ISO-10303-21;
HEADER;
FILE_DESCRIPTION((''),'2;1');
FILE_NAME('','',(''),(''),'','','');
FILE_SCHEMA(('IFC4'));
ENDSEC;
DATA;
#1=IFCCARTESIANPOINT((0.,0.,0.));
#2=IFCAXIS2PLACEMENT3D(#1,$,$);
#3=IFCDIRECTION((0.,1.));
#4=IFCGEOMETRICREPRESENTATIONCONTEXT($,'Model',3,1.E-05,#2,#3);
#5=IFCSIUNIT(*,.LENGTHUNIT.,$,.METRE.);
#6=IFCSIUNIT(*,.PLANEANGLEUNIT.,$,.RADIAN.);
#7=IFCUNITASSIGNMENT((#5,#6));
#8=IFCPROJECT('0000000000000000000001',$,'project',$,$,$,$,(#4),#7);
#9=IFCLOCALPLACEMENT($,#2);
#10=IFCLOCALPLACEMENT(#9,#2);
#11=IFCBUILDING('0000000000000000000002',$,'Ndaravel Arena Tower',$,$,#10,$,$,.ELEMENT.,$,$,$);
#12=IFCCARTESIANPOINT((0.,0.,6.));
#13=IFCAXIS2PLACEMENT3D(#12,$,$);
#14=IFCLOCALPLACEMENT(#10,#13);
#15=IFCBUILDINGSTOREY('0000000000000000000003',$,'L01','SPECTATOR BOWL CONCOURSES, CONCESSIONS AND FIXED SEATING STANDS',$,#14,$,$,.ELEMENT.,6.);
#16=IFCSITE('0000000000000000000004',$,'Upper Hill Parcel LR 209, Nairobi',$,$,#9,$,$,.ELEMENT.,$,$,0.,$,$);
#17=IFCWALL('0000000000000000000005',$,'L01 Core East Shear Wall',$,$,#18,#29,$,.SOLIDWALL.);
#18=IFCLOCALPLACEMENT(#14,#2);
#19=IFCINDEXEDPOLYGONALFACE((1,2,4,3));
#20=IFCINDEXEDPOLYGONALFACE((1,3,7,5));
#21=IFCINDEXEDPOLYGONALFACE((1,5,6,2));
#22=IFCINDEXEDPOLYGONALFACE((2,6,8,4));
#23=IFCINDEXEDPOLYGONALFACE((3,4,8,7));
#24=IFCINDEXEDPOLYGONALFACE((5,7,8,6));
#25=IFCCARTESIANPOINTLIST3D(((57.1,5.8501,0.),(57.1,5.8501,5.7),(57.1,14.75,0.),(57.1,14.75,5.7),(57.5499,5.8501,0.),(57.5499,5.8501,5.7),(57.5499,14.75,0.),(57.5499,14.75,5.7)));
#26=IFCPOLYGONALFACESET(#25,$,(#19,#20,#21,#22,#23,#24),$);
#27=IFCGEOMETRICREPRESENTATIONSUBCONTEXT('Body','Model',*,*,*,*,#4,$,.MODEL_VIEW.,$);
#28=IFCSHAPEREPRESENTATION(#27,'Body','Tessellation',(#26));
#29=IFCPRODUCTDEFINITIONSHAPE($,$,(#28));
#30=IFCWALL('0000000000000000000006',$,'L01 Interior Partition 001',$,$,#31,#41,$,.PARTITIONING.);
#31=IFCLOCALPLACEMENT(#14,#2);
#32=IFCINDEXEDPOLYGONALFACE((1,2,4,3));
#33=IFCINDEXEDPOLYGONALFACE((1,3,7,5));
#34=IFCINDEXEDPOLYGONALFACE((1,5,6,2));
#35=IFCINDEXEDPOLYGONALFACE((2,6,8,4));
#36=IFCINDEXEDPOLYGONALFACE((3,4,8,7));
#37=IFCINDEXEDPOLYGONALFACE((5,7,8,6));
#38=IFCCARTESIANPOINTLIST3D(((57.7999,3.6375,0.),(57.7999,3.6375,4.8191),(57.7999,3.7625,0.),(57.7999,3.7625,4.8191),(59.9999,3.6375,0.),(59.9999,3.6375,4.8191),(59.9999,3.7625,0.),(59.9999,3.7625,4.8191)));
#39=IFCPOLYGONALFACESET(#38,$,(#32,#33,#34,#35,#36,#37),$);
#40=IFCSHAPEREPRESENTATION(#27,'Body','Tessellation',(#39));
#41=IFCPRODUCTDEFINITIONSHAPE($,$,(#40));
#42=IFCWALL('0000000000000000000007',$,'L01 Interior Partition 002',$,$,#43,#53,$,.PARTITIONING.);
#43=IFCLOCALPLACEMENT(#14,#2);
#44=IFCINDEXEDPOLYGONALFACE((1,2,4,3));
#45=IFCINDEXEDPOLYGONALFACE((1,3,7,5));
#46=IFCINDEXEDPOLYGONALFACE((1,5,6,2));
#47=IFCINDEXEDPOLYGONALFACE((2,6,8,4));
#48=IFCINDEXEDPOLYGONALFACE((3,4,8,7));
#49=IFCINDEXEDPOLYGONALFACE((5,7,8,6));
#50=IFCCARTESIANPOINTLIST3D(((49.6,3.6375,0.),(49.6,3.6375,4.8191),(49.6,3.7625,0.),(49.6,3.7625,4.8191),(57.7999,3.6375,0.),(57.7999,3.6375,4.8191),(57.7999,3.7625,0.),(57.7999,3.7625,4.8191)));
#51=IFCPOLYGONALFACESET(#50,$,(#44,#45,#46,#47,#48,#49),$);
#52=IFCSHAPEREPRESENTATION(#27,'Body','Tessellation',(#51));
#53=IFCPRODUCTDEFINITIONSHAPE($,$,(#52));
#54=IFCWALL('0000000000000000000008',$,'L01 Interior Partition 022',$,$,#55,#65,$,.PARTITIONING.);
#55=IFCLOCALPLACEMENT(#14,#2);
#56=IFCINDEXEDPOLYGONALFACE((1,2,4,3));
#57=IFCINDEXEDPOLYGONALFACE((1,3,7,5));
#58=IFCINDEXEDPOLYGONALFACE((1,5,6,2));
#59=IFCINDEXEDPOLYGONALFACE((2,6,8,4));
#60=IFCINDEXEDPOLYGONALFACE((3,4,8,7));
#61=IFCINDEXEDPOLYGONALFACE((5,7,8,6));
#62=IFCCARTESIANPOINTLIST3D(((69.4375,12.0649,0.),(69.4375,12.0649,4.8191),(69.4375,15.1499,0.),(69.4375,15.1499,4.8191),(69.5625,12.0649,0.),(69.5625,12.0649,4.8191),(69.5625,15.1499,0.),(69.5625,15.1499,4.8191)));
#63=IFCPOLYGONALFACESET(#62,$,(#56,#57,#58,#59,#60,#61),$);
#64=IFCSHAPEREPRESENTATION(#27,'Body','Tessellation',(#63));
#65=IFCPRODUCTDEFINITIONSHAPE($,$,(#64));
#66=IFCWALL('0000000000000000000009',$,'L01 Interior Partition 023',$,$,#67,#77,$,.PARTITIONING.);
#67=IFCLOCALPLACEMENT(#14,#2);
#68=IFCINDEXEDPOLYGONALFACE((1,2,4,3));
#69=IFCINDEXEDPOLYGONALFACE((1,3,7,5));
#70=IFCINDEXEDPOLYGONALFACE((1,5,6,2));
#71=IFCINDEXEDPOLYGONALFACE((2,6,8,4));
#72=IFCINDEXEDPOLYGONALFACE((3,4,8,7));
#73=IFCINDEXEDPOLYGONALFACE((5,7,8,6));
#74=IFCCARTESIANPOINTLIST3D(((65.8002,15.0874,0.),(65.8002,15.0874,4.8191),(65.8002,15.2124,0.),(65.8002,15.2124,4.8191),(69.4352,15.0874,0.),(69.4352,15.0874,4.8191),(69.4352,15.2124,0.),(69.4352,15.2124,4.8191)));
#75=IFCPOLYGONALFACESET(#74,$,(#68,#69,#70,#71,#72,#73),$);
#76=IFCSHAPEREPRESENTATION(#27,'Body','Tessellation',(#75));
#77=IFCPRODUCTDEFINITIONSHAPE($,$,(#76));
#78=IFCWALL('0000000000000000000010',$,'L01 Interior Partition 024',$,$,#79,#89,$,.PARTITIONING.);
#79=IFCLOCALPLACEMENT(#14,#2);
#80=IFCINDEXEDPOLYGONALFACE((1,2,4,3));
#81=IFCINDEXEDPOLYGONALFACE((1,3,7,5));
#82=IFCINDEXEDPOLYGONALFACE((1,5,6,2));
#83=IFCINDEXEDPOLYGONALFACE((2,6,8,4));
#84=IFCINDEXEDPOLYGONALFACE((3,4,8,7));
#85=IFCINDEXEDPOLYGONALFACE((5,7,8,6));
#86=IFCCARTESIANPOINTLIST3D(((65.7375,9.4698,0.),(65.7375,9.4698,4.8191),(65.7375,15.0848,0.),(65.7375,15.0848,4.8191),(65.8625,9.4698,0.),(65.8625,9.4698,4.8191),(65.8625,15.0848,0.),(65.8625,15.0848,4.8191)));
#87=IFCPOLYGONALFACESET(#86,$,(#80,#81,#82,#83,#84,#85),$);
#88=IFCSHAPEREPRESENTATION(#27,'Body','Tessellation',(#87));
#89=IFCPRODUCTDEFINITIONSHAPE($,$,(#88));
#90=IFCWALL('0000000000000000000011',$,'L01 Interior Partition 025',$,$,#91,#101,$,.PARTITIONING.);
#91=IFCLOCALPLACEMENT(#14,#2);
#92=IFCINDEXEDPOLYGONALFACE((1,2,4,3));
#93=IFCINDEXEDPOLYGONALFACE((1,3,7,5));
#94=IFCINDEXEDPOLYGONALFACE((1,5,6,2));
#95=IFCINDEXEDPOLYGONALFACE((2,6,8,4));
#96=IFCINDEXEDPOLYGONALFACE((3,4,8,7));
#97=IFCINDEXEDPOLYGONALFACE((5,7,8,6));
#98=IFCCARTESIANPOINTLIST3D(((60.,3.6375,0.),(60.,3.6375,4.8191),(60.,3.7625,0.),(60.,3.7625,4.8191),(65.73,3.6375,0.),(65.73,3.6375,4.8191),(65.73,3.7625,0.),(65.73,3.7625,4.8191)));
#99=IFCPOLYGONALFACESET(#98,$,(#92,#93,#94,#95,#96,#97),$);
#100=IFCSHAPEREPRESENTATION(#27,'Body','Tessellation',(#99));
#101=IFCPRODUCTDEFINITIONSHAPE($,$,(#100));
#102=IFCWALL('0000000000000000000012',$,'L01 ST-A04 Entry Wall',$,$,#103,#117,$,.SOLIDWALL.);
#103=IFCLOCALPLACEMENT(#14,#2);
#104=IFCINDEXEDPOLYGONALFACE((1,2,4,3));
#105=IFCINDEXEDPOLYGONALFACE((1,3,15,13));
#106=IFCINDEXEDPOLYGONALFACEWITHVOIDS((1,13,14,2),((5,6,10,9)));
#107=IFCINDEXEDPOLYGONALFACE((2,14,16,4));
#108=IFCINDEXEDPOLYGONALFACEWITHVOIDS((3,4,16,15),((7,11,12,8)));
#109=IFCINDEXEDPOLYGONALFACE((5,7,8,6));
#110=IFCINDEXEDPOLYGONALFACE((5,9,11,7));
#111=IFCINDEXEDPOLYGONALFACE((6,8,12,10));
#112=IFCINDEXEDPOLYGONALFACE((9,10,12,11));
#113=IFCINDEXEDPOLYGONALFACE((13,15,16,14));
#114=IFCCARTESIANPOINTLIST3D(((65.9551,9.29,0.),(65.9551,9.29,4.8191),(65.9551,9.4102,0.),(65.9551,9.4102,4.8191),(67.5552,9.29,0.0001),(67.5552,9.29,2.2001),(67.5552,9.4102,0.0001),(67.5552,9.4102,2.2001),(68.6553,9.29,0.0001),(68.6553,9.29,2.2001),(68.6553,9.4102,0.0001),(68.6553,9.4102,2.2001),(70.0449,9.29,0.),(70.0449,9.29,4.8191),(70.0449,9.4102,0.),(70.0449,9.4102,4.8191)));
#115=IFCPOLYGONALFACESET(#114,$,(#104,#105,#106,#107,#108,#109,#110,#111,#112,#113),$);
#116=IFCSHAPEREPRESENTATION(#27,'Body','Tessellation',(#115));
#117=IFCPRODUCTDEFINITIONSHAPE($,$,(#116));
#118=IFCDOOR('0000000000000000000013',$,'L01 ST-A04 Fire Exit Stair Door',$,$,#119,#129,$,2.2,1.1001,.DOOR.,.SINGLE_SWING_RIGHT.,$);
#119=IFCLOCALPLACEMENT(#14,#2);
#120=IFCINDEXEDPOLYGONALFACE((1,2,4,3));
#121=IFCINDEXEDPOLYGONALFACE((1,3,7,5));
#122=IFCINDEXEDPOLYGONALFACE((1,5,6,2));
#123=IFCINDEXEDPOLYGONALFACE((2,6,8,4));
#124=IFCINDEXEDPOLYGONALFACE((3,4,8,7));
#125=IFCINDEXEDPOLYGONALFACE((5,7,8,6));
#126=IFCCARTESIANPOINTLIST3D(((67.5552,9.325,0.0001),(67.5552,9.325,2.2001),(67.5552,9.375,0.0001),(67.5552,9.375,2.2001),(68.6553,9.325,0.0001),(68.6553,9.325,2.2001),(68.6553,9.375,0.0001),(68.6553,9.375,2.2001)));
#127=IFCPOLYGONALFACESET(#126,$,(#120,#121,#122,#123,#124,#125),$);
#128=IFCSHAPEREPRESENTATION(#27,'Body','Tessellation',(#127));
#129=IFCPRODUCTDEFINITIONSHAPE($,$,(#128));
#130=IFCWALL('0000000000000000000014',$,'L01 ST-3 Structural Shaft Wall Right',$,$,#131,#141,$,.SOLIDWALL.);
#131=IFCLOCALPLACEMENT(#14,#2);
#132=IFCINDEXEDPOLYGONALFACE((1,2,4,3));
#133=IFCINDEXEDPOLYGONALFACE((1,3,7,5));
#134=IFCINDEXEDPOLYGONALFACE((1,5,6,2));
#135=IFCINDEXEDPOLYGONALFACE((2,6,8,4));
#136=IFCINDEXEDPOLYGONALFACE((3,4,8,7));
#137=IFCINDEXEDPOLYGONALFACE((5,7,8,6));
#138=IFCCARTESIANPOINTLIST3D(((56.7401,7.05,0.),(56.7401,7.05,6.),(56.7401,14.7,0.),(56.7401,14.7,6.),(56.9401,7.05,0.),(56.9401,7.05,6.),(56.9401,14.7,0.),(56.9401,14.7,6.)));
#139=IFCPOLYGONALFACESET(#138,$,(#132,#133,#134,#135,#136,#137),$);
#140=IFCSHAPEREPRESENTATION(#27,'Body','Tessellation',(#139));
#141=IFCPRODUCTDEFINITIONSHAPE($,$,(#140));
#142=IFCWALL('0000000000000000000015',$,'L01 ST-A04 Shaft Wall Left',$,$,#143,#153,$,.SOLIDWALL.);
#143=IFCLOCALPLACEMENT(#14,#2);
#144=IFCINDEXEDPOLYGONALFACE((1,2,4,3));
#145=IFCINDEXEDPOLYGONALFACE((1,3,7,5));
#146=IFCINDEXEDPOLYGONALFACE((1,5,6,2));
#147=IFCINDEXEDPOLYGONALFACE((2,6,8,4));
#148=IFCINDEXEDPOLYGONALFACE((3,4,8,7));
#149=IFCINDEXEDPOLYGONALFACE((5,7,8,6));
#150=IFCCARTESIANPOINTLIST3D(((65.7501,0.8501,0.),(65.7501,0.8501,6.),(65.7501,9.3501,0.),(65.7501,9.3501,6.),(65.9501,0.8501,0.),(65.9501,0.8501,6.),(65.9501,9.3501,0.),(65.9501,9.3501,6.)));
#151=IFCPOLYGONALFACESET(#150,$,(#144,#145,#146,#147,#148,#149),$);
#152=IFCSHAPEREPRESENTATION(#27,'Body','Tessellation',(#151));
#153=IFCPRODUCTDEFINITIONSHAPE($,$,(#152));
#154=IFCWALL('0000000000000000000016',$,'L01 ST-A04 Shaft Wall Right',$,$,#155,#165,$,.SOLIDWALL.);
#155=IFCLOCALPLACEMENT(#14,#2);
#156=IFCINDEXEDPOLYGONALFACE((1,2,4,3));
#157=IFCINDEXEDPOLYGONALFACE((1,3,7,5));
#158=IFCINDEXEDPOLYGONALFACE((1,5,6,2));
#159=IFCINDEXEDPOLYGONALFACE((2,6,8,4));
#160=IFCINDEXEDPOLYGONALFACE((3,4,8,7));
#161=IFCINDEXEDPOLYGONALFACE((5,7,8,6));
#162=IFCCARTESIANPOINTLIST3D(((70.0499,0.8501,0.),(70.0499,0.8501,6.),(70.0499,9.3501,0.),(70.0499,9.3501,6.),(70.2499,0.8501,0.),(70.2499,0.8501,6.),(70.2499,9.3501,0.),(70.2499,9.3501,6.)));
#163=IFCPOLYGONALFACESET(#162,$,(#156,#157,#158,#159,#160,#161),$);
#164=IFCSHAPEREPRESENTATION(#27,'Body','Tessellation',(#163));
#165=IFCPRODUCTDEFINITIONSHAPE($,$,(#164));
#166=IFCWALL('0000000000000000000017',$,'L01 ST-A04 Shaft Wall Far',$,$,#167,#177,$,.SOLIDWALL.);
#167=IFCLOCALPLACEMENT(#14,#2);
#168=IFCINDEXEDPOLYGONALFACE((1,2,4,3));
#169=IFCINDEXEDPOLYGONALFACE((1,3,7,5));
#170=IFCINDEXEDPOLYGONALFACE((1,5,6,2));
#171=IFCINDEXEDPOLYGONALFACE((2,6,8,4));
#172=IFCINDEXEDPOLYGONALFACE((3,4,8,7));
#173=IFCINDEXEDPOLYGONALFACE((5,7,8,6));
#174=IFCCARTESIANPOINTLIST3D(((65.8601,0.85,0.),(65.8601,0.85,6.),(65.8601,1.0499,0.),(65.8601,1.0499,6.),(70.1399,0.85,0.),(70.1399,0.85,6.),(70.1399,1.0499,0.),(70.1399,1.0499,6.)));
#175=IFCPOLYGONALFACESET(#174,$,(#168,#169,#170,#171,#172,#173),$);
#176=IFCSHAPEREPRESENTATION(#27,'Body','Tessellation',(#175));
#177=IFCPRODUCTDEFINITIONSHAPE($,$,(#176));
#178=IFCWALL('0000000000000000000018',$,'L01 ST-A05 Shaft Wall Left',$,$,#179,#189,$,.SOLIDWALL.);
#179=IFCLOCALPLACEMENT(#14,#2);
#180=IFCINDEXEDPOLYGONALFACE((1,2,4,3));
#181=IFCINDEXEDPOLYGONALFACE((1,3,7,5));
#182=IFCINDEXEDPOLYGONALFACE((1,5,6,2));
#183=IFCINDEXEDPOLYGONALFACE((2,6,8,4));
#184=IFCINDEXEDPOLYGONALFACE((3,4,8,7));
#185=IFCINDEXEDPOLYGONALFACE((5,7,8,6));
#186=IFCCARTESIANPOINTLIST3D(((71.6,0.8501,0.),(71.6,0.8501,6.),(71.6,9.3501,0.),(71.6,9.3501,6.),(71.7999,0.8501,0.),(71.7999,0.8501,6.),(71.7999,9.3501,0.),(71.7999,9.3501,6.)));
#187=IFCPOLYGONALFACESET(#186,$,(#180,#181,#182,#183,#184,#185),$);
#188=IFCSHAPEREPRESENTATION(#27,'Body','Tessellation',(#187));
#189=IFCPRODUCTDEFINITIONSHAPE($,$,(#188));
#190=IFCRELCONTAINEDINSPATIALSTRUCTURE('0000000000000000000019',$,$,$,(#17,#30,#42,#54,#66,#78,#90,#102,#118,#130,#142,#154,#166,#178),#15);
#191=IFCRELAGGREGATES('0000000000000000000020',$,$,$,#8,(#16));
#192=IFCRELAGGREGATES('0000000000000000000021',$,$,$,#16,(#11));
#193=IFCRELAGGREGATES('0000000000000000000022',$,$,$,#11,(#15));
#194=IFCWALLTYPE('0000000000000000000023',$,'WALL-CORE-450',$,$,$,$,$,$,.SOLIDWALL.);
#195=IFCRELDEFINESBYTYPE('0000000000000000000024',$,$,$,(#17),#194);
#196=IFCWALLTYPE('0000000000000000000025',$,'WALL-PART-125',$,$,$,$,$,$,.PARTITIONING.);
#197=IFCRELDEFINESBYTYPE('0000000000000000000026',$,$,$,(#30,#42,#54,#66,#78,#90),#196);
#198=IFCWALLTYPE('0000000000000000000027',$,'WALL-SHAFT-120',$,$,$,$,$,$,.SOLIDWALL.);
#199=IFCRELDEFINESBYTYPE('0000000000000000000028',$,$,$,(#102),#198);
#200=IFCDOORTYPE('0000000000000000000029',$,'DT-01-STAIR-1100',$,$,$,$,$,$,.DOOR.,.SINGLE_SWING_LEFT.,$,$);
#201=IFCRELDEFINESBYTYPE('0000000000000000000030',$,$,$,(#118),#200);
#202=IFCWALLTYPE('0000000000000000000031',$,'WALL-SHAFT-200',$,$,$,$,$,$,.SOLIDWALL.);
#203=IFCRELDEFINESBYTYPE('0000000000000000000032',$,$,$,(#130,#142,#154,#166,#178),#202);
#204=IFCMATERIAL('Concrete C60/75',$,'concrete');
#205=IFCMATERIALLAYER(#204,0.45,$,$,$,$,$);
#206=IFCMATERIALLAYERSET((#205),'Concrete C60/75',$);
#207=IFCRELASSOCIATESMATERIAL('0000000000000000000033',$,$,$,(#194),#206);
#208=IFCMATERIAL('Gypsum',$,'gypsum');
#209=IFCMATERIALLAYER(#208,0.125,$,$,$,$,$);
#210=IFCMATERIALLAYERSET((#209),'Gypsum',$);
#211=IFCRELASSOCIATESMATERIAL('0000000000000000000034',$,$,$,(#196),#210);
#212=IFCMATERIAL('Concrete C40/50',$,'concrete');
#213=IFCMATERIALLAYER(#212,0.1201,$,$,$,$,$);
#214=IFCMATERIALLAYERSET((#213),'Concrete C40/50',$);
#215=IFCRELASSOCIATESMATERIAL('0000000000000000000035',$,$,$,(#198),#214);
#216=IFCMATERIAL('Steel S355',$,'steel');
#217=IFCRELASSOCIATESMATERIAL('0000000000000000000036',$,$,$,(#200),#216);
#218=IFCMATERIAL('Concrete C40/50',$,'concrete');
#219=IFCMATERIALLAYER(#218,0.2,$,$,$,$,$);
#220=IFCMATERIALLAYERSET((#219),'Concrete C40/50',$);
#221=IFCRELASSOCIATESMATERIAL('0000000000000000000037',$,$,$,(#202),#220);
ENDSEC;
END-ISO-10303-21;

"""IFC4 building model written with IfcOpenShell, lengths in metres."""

from ifc_helpers import new_model, si_unit, direction, frame, frame_2d, origin, place, context, subcontext, project, spatial, rectangle, extrude, material, layer, layer_set, type_object, element, fill, save


model = new_model("IFC4")

# Units and contexts
model_context = context("Model", 3, precision=1e-05, world=origin(), true_north=direction((0.0, 1.0)))
body_context = subcontext(model_context, "Body", "Model", "MODEL_VIEW")
ifc_project = project(units=[si_unit("LENGTHUNIT", "METRE"), si_unit("PLANEANGLEUNIT", "RADIAN")], contexts=[model_context])

# Site, building, storey
site_placement = place(None, origin())
site = spatial("IfcSite", under=ifc_project, at=site_placement, Name="Upper Hill Parcel LR 209, Nairobi", CompositionType="ELEMENT", RefElevation=0.0)
building_placement = place(site_placement, origin())
building = spatial("IfcBuilding", under=site, at=building_placement, Name="Ndaravel Arena Tower", CompositionType="ELEMENT")
storey_placement = place(building_placement, frame((0.0, 0.0, 6.0)))
storey = spatial("IfcBuildingStorey", under=building, at=storey_placement, Name="L01", Description="SPECTATOR BOWL CONCOURSES, CONCESSIONS AND FIXED SEATING STANDS", CompositionType="ELEMENT", Elevation=6.0)

# Walls
ifc_material_1 = material(Name="Concrete C60/75", Category="concrete")
ifc_layer_1 = layer(ifc_material_1, 0.45)
ifc_layer_set_1 = layer_set([ifc_layer_1], Name="Concrete C60/75")
wall_type_1 = type_object("IfcWallType", Name="WALL-CORE-450", PredefinedType="SOLIDWALL", material=ifc_layer_set_1)
wall_1_placement = place(storey_placement, frame((57.325, 5.8501, 0.0), z_axis=(0.0, 0.0, 1.0), x_axis=(0.0, 1.0, 0.0)))
element("IfcWall", 1, at=wall_1_placement, inside=storey, type_object=wall_type_1, Name="L01 Core East Shear Wall", PredefinedType="SOLIDWALL", context=body_context, shape_type="SweptSolid", body=[
    extrude(rectangle(XDim=8.8999, YDim=0.45, at=frame_2d((4.45, 0.0))), origin(), (0.0, 0.0, 1.0), 5.7),
])
ifc_material_2 = material(Name="Gypsum", Category="gypsum")
ifc_layer_2 = layer(ifc_material_2, 0.125)
ifc_layer_set_2 = layer_set([ifc_layer_2], Name="Gypsum")
wall_type_2 = type_object("IfcWallType", Name="WALL-PART-125", PredefinedType="PARTITIONING", material=ifc_layer_set_2)
wall_2_placement = place(storey_placement, frame((60.0, 3.7, 0.0), z_axis=(0.0, 0.0, 1.0), x_axis=(-1.0, 0.0, 0.0)))
element("IfcWall", 2, at=wall_2_placement, inside=storey, type_object=wall_type_2, Name="L01 Interior Partition 001", PredefinedType="PARTITIONING", context=body_context, shape_type="SweptSolid", body=[
    extrude(rectangle(XDim=2.2, YDim=0.125, at=frame_2d((1.1001, 0.0))), origin(), (0.0, 0.0, 1.0), 4.8191),
])
wall_3_placement = place(storey_placement, frame((57.8, 3.7, 0.0), z_axis=(0.0, 0.0, 1.0), x_axis=(-1.0, 0.0, 0.0)))
element("IfcWall", 3, at=wall_3_placement, inside=storey, type_object=wall_type_2, Name="L01 Interior Partition 002", PredefinedType="PARTITIONING", context=body_context, shape_type="SweptSolid", body=[
    extrude(rectangle(XDim=8.2, YDim=0.125, at=frame_2d((4.1001, 0.0))), origin(), (0.0, 0.0, 1.0), 4.8191),
])
wall_4_placement = place(storey_placement, frame((69.5, 12.0649, 0.0), z_axis=(0.0, 0.0, 1.0), x_axis=(0.0, 1.0, 0.0)))
element("IfcWall", 4, at=wall_4_placement, inside=storey, type_object=wall_type_2, Name="L01 Interior Partition 022", PredefinedType="PARTITIONING", context=body_context, shape_type="SweptSolid", body=[
    extrude(rectangle(XDim=3.085, YDim=0.125, at=frame_2d((1.5425, 0.0))), origin(), (0.0, 0.0, 1.0), 4.8191),
])
wall_5_placement = place(storey_placement, frame((69.4351, 15.1499, 0.0), z_axis=(0.0, 0.0, 1.0), x_axis=(-1.0, 0.0, 0.0)))
element("IfcWall", 5, at=wall_5_placement, inside=storey, type_object=wall_type_2, Name="L01 Interior Partition 023", PredefinedType="PARTITIONING", context=body_context, shape_type="SweptSolid", body=[
    extrude(rectangle(XDim=3.635, YDim=0.125, at=frame_2d((1.8174, 0.0))), origin(), (0.0, 0.0, 1.0), 4.8191),
])
wall_6_placement = place(storey_placement, frame((65.8, 15.085, 0.0), z_axis=(0.0, 0.0, 1.0), x_axis=(0.0, -1.0, 0.0)))
element("IfcWall", 6, at=wall_6_placement, inside=storey, type_object=wall_type_2, Name="L01 Interior Partition 024", PredefinedType="PARTITIONING", context=body_context, shape_type="SweptSolid", body=[
    extrude(rectangle(XDim=5.615, YDim=0.125, at=frame_2d((2.8076, 0.0))), origin(), (0.0, 0.0, 1.0), 4.8191),
])
wall_7_placement = place(storey_placement, frame((65.73, 3.7, 0.0), z_axis=(0.0, 0.0, 1.0), x_axis=(-1.0, 0.0, 0.0)))
element("IfcWall", 7, at=wall_7_placement, inside=storey, type_object=wall_type_2, Name="L01 Interior Partition 025", PredefinedType="PARTITIONING", context=body_context, shape_type="SweptSolid", body=[
    extrude(rectangle(XDim=5.73, YDim=0.125, at=frame_2d((2.865, 0.0))), origin(), (0.0, 0.0, 1.0), 4.8191),
])

# Wall, opening, door
ifc_material_3 = material(Name="Concrete C40/50", Category="concrete")
ifc_layer_3 = layer(ifc_material_3, 0.1201)
ifc_layer_set_3 = layer_set([ifc_layer_3], Name="Concrete C40/50")
wall_type_3 = type_object("IfcWallType", Name="WALL-SHAFT-120", PredefinedType="SOLIDWALL", material=ifc_layer_set_3)
wall_8_placement = place(storey_placement, frame((65.9551, 9.3501, 0.0), z_axis=(0.0, 0.0, 1.0), x_axis=(1.0, 0.0, 0.0)))
wall_8 = element("IfcWall", 8, at=wall_8_placement, inside=storey, type_object=wall_type_3, Name="L01 ST-A04 Entry Wall", PredefinedType="SOLIDWALL", context=body_context, shape_type="SweptSolid", body=[
    extrude(rectangle(XDim=4.0898, YDim=0.1201, at=frame_2d((2.0449, 0.0))), origin(), (0.0, 0.0, 1.0), 4.8191),
])
opening_placement = place(wall_8_placement, frame((1.6001, 0.0, 0.0)))
opening = element("IfcOpeningElement", 9, at=opening_placement, cuts=wall_8, PredefinedType="OPENING", context=body_context, shape_type="SweptSolid", body=[
    extrude(rectangle(XDim=1.1001, YDim=2.2, at=frame_2d((0.55, 1.1001))), frame((0.0, 0.0601, 0.0), z_axis=(0.0, -1.0, 0.0), x_axis=(1.0, 0.0, 0.0)), (0.0, 0.0, 1.0), 0.1201),
])
ifc_material_4 = material(Name="Steel S355", Category="steel")
door_type = type_object("IfcDoorType", Name="DT-01-STAIR-1100", OperationType="SINGLE_SWING_LEFT", PredefinedType="DOOR", material=ifc_material_4)
door_placement = place(opening_placement, origin())
door = element("IfcDoor", 10, at=door_placement, inside=storey, type_object=door_type, Name="L01 ST-A04 Fire Exit Stair Door", OperationType="SINGLE_SWING_RIGHT", OverallHeight=2.2, OverallWidth=1.1001, PredefinedType="DOOR", context=body_context, shape_type="SweptSolid", body=[
    extrude(rectangle(XDim=1.1001, YDim=2.2, at=frame_2d((0.55, 1.1001))), frame((0.0, 0.0249, 0.0), z_axis=(0.0, -1.0, 0.0), x_axis=(1.0, 0.0, 0.0)), (0.0, 0.0, 1.0), 0.05),
])
fill(opening, door)

# Walls
ifc_material_5 = material(Name="Concrete C40/50", Category="concrete")
ifc_layer_4 = layer(ifc_material_5, 0.2)
ifc_layer_set_4 = layer_set([ifc_layer_4], Name="Concrete C40/50")
wall_type_4 = type_object("IfcWallType", Name="WALL-SHAFT-200", PredefinedType="SOLIDWALL", material=ifc_layer_set_4)
wall_9_placement = place(storey_placement, frame((56.8401, 14.7, 0.0), z_axis=(0.0, 0.0, 1.0), x_axis=(0.0, -1.0, 0.0)))
element("IfcWall", 11, at=wall_9_placement, inside=storey, type_object=wall_type_4, Name="L01 ST-3 Structural Shaft Wall Right", PredefinedType="SOLIDWALL", context=body_context, shape_type="SweptSolid", body=[
    extrude(rectangle(XDim=7.6499, YDim=0.2, at=frame_2d((3.825, 0.0))), origin(), (0.0, 0.0, 1.0), 6.0),
])
for number, where, z_axis, x_axis, name in (
    (12, (65.8501, 9.3501, 0.0), (0.0, 0.0, 1.0), (0.0, -1.0, 0.0), "L01 ST-A04 Shaft Wall Left"),
    (13, (70.1499, 9.3501, 0.0), (0.0, 0.0, 1.0), (0.0, -1.0, 0.0), "L01 ST-A04 Shaft Wall Right"),
):
    element("IfcWall", number, at=place(storey_placement, frame(where, z_axis=z_axis, x_axis=x_axis)), inside=storey, type_object=wall_type_4, Name=name, PredefinedType="SOLIDWALL", context=body_context, shape_type="SweptSolid", body=[
        extrude(rectangle(XDim=8.5, YDim=0.2, at=frame_2d((4.25, 0.0))), origin(), (0.0, 0.0, 1.0), 6.0),
    ])
wall_10_placement = place(storey_placement, frame((65.8601, 0.95, 0.0), z_axis=(0.0, 0.0, 1.0), x_axis=(1.0, 0.0, 0.0)))
element("IfcWall", 14, at=wall_10_placement, inside=storey, type_object=wall_type_4, Name="L01 ST-A04 Shaft Wall Far", PredefinedType="SOLIDWALL", context=body_context, shape_type="SweptSolid", body=[
    extrude(rectangle(XDim=4.2798, YDim=0.2, at=frame_2d((2.1399, 0.0))), origin(), (0.0, 0.0, 1.0), 6.0),
])
wall_11_placement = place(storey_placement, frame((71.7, 9.3501, 0.0), z_axis=(0.0, 0.0, 1.0), x_axis=(0.0, -1.0, 0.0)))
element("IfcWall", 15, at=wall_11_placement, inside=storey, type_object=wall_type_4, Name="L01 ST-A05 Shaft Wall Left", PredefinedType="SOLIDWALL", context=body_context, shape_type="SweptSolid", body=[
    extrude(rectangle(XDim=8.5, YDim=0.2, at=frame_2d((4.25, 0.0))), origin(), (0.0, 0.0, 1.0), 6.0),
])

save(model, "model.ifc")
